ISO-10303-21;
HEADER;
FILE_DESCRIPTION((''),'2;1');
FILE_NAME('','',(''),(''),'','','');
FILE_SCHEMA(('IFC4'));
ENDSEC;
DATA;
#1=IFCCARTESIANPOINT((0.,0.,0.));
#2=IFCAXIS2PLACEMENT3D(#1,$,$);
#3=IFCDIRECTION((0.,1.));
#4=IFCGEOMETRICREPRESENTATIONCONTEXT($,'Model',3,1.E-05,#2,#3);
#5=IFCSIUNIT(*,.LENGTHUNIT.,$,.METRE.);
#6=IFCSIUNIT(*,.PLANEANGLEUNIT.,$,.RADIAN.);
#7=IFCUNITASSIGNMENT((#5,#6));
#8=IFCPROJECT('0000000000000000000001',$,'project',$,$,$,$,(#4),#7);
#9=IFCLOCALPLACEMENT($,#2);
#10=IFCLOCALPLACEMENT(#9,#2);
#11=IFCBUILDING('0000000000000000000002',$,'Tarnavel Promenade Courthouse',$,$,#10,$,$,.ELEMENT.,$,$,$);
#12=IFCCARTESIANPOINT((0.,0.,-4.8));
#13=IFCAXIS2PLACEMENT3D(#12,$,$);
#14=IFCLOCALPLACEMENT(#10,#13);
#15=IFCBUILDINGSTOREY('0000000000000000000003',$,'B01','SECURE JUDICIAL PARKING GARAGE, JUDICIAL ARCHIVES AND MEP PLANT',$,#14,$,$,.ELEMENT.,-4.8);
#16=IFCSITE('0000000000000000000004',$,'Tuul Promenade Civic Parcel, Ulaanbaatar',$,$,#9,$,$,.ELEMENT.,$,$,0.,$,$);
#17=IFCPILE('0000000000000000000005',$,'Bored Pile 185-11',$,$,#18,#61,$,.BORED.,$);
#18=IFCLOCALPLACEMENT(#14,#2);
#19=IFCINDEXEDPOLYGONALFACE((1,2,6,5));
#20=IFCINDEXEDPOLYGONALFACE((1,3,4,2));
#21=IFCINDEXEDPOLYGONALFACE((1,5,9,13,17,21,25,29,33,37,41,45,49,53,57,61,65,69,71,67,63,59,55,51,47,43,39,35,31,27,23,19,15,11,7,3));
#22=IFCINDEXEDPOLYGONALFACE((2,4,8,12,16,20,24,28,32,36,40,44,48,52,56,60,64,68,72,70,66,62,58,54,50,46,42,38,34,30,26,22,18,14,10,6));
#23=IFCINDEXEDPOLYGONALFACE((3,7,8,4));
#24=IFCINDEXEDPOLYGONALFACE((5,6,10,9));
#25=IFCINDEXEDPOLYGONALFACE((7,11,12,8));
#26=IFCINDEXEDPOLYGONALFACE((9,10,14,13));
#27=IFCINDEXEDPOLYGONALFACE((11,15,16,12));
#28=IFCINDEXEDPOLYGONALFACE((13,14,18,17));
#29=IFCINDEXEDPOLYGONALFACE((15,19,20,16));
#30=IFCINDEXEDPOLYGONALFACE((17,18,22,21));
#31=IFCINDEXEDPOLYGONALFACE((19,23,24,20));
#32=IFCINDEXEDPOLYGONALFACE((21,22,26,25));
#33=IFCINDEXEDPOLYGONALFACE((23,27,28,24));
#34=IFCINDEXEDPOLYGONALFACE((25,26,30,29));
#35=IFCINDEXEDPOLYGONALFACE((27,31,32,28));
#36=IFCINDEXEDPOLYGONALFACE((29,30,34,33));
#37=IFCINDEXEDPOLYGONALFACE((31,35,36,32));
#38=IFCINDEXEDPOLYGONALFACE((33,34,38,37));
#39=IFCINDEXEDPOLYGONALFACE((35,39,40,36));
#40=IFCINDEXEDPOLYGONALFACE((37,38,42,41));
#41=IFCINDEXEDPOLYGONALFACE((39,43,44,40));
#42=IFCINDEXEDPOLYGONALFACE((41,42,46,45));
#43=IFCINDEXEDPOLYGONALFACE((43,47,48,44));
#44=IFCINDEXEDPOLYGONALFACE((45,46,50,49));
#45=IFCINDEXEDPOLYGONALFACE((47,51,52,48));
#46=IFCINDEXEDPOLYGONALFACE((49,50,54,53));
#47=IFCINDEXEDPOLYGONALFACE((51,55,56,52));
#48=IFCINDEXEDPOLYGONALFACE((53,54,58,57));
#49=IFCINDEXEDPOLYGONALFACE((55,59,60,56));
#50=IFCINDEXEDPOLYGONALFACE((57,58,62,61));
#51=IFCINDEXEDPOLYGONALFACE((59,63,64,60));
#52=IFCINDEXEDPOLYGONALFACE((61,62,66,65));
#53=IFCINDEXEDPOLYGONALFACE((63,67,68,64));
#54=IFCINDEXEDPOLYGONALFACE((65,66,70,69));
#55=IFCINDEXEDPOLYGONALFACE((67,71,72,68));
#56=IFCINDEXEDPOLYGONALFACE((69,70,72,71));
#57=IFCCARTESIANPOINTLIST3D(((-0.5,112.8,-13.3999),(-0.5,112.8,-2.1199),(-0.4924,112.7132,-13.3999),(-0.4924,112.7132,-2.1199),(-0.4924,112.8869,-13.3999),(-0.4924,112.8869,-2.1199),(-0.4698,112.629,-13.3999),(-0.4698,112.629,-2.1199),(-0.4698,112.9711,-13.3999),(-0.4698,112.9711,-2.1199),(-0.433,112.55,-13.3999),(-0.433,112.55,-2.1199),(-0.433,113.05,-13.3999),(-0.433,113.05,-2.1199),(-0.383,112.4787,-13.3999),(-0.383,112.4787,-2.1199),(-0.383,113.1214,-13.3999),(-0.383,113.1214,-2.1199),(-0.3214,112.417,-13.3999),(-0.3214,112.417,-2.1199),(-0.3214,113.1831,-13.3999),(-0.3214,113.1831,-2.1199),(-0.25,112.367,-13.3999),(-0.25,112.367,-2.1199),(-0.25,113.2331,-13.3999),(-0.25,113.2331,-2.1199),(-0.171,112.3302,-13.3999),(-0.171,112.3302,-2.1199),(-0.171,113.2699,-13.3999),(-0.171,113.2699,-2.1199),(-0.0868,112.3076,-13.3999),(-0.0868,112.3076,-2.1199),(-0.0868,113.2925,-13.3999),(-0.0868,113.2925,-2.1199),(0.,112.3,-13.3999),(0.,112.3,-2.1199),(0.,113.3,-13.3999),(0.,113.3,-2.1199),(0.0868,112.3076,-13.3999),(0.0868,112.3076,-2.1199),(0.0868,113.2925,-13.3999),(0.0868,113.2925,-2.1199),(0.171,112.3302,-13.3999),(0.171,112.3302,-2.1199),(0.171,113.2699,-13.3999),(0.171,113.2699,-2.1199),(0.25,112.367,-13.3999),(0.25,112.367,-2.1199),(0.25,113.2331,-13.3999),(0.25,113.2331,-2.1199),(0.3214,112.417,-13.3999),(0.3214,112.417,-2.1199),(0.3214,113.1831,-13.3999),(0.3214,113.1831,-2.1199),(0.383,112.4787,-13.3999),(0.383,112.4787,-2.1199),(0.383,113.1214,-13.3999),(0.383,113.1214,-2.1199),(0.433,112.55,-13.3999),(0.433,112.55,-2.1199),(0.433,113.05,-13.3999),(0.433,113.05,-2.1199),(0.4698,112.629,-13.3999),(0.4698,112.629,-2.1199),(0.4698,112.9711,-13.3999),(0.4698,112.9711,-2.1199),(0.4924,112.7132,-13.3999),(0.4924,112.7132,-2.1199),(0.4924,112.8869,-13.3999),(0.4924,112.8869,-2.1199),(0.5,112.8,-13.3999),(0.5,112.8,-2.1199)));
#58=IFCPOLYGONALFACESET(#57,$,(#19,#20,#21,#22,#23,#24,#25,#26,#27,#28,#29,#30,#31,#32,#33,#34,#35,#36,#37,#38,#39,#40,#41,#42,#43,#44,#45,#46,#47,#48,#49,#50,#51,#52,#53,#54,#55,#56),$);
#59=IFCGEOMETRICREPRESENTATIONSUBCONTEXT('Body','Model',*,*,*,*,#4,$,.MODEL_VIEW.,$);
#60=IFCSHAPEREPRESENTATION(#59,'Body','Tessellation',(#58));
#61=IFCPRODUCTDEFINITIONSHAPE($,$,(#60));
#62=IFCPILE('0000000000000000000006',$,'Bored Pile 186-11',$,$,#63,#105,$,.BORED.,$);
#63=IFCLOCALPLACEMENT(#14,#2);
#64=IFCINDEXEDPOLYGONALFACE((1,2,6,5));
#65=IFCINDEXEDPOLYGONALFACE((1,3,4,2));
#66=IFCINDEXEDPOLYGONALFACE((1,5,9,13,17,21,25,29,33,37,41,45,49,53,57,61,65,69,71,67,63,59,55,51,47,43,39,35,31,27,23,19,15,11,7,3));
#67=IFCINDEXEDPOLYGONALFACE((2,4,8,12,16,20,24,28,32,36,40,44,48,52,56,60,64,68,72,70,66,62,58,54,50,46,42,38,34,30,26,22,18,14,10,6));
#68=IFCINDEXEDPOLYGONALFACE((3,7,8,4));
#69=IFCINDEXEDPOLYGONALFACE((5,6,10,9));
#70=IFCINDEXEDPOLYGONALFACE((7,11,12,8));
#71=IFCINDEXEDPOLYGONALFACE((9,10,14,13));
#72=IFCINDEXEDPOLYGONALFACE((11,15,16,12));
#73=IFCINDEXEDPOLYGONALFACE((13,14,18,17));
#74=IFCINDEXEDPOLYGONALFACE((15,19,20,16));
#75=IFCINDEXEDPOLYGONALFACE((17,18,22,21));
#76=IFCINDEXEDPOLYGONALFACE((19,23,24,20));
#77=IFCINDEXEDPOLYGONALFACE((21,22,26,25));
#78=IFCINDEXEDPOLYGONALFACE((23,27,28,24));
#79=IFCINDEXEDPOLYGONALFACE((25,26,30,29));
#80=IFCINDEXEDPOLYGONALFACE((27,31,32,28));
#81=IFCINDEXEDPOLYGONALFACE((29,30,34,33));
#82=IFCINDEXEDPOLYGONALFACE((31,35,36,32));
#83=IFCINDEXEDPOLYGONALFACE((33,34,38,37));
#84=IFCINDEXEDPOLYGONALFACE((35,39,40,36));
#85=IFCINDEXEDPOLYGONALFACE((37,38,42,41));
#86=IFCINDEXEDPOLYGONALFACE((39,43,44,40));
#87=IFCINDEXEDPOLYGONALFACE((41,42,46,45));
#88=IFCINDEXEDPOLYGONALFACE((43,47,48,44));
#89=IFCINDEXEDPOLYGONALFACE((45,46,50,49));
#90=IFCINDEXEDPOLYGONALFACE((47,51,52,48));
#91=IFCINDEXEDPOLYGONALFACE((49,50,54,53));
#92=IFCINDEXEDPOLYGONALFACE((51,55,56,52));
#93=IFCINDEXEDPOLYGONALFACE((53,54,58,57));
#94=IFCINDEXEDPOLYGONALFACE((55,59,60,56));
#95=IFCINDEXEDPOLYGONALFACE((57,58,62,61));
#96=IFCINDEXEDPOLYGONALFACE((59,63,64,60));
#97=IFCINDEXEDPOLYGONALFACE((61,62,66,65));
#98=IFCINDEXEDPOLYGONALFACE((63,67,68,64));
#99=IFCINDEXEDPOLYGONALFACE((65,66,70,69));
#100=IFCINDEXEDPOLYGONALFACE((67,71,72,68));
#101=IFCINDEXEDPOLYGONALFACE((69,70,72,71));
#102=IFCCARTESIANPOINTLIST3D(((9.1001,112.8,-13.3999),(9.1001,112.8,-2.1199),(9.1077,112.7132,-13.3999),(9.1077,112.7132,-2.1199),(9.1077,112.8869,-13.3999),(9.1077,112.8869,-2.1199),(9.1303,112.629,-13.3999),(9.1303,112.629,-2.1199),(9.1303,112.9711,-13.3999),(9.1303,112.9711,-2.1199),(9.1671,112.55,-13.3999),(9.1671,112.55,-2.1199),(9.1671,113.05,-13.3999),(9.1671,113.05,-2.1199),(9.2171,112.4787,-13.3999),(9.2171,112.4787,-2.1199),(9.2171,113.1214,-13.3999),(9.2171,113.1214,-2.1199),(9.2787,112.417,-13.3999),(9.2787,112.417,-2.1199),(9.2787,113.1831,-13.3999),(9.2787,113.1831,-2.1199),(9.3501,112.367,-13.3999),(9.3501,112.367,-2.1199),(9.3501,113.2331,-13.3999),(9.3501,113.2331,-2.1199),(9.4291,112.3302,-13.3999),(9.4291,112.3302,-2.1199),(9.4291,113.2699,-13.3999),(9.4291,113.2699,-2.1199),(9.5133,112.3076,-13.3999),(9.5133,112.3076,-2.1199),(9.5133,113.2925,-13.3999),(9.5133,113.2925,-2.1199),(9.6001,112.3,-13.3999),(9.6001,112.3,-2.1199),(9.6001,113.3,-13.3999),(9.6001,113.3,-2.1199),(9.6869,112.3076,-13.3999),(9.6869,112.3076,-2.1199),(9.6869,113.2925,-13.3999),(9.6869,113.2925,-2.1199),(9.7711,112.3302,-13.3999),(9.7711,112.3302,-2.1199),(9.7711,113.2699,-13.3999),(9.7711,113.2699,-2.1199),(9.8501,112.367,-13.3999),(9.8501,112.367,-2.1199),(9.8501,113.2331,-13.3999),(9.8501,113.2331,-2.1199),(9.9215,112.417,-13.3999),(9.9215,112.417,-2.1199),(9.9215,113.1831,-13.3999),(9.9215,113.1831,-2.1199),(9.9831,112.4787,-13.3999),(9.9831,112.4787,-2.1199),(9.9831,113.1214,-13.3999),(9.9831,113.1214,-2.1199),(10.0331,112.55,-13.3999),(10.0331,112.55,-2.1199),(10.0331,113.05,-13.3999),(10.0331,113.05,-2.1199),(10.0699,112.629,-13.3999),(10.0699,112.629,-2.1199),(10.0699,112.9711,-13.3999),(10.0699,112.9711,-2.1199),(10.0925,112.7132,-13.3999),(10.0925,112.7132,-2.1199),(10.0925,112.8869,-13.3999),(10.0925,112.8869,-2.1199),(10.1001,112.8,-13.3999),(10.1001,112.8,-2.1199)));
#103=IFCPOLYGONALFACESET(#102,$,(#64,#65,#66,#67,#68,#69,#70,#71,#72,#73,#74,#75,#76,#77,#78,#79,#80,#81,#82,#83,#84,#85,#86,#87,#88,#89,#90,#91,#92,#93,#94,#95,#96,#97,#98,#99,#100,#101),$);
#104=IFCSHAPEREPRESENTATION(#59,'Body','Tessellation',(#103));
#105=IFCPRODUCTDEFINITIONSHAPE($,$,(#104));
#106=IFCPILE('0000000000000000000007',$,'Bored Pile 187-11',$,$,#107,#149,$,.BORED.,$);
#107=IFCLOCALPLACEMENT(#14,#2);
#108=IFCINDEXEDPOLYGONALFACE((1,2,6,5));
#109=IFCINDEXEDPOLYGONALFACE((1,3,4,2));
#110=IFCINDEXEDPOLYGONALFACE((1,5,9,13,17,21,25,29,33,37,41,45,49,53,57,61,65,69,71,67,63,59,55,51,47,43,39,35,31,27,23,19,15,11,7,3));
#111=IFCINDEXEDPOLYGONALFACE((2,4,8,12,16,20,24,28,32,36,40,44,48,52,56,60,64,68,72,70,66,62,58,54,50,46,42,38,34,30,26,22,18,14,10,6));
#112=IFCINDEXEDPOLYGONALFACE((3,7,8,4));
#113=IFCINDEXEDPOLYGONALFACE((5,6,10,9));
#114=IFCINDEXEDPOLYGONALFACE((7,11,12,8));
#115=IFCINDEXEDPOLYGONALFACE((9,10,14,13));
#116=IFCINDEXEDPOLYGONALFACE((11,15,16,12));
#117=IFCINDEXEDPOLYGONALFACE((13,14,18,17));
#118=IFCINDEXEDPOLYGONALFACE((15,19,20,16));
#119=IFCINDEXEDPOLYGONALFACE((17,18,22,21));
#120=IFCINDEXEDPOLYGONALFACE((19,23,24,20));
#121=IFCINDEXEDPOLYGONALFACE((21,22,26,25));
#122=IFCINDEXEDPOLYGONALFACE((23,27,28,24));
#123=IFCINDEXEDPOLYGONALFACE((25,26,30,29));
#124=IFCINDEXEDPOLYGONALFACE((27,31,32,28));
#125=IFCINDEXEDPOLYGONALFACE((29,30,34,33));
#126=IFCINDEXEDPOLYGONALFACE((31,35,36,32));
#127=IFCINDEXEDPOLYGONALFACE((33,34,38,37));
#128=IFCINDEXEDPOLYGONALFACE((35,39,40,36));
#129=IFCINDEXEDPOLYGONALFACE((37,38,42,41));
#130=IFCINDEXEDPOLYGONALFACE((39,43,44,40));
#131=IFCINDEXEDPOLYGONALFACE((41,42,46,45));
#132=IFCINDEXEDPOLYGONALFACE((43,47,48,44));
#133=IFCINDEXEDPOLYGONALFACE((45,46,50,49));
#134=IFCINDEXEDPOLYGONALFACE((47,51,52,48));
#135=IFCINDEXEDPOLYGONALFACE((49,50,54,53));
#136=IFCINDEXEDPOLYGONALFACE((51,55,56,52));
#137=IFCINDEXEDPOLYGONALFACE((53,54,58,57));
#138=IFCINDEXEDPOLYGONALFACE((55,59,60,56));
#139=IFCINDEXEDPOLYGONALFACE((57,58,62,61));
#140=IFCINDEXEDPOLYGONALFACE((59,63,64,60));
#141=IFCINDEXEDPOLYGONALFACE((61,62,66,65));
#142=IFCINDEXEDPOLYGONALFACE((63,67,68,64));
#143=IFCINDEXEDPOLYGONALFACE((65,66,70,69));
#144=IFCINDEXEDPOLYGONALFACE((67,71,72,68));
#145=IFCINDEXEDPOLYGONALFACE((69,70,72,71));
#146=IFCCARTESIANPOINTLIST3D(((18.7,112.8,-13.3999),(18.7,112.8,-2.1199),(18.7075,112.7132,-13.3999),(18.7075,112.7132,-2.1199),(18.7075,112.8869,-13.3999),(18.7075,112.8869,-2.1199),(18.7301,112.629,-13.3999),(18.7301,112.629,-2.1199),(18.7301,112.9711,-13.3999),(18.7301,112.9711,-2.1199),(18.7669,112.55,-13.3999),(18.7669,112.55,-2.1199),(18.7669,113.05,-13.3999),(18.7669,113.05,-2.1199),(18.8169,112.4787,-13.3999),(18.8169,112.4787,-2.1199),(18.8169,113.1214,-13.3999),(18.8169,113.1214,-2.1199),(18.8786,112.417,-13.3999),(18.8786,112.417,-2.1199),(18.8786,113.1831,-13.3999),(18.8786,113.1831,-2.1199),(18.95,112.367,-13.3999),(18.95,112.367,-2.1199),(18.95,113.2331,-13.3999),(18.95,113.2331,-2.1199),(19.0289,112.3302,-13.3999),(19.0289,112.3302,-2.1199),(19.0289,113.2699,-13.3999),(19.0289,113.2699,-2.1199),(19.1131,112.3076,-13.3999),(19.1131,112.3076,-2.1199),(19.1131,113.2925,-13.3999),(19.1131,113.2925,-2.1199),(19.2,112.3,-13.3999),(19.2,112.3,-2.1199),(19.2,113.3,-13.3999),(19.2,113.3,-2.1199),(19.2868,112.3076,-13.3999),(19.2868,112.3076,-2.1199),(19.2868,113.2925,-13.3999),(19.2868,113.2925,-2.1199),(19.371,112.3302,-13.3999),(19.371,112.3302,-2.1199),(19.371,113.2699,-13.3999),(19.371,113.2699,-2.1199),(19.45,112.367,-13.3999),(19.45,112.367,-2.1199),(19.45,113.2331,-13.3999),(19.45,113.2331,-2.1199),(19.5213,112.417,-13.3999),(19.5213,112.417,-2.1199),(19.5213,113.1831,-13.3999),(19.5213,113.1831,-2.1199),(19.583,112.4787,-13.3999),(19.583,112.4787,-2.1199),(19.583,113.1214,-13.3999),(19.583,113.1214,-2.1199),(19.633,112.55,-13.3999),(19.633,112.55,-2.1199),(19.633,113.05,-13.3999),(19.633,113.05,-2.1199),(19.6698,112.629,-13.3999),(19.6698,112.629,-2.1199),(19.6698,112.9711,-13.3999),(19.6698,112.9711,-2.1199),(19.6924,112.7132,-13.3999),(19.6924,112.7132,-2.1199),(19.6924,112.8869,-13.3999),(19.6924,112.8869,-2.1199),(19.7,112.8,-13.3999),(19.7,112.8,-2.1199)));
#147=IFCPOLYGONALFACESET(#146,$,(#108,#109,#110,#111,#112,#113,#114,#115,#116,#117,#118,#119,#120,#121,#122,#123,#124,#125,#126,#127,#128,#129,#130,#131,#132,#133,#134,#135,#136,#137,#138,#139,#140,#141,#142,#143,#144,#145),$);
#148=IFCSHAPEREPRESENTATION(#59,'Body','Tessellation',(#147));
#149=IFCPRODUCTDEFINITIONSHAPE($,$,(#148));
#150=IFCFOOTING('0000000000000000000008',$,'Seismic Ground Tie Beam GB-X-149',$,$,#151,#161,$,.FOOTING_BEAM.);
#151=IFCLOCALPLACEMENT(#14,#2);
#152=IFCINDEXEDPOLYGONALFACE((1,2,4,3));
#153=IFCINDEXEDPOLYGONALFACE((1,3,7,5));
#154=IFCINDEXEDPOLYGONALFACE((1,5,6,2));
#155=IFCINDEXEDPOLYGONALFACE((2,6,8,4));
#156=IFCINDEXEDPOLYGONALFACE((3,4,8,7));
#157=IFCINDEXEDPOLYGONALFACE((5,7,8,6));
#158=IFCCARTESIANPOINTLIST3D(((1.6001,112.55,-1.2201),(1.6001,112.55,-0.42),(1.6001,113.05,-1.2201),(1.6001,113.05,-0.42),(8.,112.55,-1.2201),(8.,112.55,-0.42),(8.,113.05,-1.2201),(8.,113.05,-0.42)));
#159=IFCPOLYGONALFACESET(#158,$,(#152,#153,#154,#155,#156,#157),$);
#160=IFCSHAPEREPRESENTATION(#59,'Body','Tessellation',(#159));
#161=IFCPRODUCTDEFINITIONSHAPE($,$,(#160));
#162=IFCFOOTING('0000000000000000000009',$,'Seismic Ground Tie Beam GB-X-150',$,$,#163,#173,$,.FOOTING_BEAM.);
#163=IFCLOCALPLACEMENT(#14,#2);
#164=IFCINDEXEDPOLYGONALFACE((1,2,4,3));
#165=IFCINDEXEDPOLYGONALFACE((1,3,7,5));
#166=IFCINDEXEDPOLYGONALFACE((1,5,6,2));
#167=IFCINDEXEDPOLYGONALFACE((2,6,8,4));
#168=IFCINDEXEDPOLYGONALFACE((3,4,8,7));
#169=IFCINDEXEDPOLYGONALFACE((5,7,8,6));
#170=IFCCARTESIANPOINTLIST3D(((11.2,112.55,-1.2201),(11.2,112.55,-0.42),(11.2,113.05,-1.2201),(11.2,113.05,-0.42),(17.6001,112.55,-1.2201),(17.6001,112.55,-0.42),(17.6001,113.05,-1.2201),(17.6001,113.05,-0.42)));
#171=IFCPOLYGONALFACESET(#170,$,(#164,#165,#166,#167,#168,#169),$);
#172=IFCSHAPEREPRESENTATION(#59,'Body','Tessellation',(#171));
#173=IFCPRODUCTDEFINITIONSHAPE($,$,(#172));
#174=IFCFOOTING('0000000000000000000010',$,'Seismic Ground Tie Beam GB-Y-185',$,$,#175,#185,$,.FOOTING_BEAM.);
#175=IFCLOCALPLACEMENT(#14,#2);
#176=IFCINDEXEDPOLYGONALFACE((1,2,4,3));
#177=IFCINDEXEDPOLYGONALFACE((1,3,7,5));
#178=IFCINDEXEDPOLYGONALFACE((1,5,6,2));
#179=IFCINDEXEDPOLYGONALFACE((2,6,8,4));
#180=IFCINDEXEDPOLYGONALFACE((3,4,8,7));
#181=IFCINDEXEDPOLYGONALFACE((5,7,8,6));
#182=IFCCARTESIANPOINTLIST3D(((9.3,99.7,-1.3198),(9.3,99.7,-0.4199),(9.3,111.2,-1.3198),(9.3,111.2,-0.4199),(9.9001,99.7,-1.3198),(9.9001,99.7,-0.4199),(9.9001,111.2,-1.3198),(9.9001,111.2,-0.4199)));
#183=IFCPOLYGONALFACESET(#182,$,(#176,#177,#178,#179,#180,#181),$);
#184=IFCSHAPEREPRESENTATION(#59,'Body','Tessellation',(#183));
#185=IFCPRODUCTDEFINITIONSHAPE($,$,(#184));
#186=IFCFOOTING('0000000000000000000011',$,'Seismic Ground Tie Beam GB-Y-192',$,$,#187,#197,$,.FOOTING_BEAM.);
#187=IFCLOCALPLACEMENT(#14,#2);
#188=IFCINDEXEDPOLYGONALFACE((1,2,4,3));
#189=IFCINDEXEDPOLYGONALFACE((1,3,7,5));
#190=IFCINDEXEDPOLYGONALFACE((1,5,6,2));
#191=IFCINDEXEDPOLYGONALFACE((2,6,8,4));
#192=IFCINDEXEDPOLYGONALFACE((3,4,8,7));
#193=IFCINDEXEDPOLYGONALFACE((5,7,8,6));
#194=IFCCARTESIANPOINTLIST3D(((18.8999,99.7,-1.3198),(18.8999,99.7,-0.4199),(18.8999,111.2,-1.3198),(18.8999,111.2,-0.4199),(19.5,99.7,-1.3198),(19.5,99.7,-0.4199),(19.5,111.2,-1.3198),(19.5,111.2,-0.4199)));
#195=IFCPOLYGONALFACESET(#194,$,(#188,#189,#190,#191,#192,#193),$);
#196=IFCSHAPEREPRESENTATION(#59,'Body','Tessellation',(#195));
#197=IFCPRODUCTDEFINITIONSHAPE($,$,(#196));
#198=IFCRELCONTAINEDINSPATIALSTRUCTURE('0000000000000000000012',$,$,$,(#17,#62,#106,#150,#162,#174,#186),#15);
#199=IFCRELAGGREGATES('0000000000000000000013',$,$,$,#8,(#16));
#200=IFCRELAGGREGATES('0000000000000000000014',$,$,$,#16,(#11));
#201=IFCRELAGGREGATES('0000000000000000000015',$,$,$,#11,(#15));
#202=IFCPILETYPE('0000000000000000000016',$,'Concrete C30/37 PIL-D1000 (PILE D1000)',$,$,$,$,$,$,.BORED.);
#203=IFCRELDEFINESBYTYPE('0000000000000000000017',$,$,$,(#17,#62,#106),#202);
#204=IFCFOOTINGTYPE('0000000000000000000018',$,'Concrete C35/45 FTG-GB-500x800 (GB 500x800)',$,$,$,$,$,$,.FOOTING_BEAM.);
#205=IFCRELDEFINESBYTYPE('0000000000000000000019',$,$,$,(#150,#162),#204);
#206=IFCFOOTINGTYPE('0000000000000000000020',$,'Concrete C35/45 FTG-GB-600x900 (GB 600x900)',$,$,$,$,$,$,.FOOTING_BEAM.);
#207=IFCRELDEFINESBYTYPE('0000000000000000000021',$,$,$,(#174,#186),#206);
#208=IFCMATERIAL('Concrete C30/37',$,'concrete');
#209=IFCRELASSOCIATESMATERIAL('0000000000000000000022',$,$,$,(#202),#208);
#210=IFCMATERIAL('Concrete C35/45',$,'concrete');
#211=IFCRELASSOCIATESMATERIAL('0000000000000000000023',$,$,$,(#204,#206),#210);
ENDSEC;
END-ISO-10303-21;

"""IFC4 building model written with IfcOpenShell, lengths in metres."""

from ifc_helpers import new_model, si_unit, direction, frame, origin, origin_2d, place, context, subcontext, project, spatial, rectangle, circle, extrude, material, material_profile, profile_set, type_object, element, save


model = new_model("IFC4")

# Units and contexts
model_context = context("Model", 3, precision=1e-05, world=origin(), true_north=direction((0.0, 1.0)))
body_context = subcontext(model_context, "Body", "Model", "MODEL_VIEW")
ifc_project = project(units=[si_unit("LENGTHUNIT", "METRE"), si_unit("PLANEANGLEUNIT", "RADIAN")], contexts=[model_context])

# Site, building, storey
site_placement = place(None, origin())
site = spatial("IfcSite", under=ifc_project, at=site_placement, Name="Tuul Promenade Civic Parcel, Ulaanbaatar", CompositionType="ELEMENT", RefElevation=0.0)
building_placement = place(site_placement, origin())
building = spatial("IfcBuilding", under=site, at=building_placement, Name="Tarnavel Promenade Courthouse", CompositionType="ELEMENT")
storey_placement = place(building_placement, frame((0.0, 0.0, -4.8)))
storey = spatial("IfcBuildingStorey", under=building, at=storey_placement, Name="B01", Description="SECURE JUDICIAL PARKING GARAGE, JUDICIAL ARCHIVES AND MEP PLANT", CompositionType="ELEMENT", Elevation=-4.8)

# Piles
ifc_material_1 = material(Name="Concrete C30/37", Category="concrete")
ifc_material_profile_1 = material_profile(ifc_material_1, circle(Radius=0.5, at=origin_2d()), Name="PILE D1000")
ifc_profile_set_1 = profile_set([ifc_material_profile_1], Name="Concrete C30/37")
pile_type = type_object("IfcPileType", Name="Concrete C30/37 PIL-D1000 (PILE D1000)", PredefinedType="BORED", material=ifc_profile_set_1)
for number, where, z_axis, x_axis, name in (
    (1, (0.0, 112.8, -2.1199), (0.0, 0.0, -1.0), (1.0, 0.0, 0.0), "Bored Pile 185-11"),
    (2, (9.6001, 112.8, -2.1199), (0.0, 0.0, -1.0), (1.0, 0.0, 0.0), "Bored Pile 186-11"),
    (3, (19.2, 112.8, -2.1199), (0.0, 0.0, -1.0), (1.0, 0.0, 0.0), "Bored Pile 187-11"),
):
    element("IfcPile", number, at=place(storey_placement, frame(where, z_axis=z_axis, x_axis=x_axis)), inside=storey, type_object=pile_type, Name=name, PredefinedType="BORED", context=body_context, shape_type="SweptSolid", body=[
        extrude(circle(Radius=0.5, at=origin_2d()), origin(), (0.0, 0.0, 1.0), 11.28),
    ])

# Footings
ifc_material_2 = material(Name="Concrete C35/45", Category="concrete")
ifc_material_profile_2 = material_profile(ifc_material_2, rectangle(XDim=0.5, YDim=0.8, at=origin_2d()), Name="GB 500x800")
ifc_profile_set_2 = profile_set([ifc_material_profile_2], Name="Concrete C35/45")
footing_type_1 = type_object("IfcFootingType", Name="Concrete C35/45 FTG-GB-500x800 (GB 500x800)", PredefinedType="FOOTING_BEAM", material=ifc_profile_set_2)
footing_1_placement = place(storey_placement, frame((1.6001, 112.8, -0.8201), z_axis=(1.0, 0.0, 0.0), x_axis=(0.0, 1.0, 0.0)))
element("IfcFooting", 4, at=footing_1_placement, inside=storey, type_object=footing_type_1, Name="Seismic Ground Tie Beam GB-X-149", PredefinedType="FOOTING_BEAM", context=body_context, shape_type="SweptSolid", body=[
    extrude(rectangle(XDim=0.5, YDim=0.8, at=origin_2d()), origin(), (0.0, 0.0, 1.0), 6.3999),
])
footing_2_placement = place(storey_placement, frame((11.2, 112.8, -0.8201), z_axis=(1.0, 0.0, 0.0), x_axis=(0.0, 1.0, 0.0)))
element("IfcFooting", 5, at=footing_2_placement, inside=storey, type_object=footing_type_1, Name="Seismic Ground Tie Beam GB-X-150", PredefinedType="FOOTING_BEAM", context=body_context, shape_type="SweptSolid", body=[
    extrude(rectangle(XDim=0.5, YDim=0.8, at=origin_2d()), origin(), (0.0, 0.0, 1.0), 6.4001),
])
ifc_material_profile_3 = material_profile(ifc_material_2, rectangle(XDim=0.6001, YDim=0.8999, at=origin_2d()), Name="GB 600x900")
ifc_profile_set_3 = profile_set([ifc_material_profile_3], Name="Concrete C35/45")
footing_type_2 = type_object("IfcFootingType", Name="Concrete C35/45 FTG-GB-600x900 (GB 600x900)", PredefinedType="FOOTING_BEAM", material=ifc_profile_set_3)
for number, where, z_axis, x_axis, name in (
    (6, (9.6001, 99.7, -0.8699), (0.0, 1.0, 0.0), (-1.0, 0.0, 0.0), "Seismic Ground Tie Beam GB-Y-185"),
    (7, (19.2, 99.7, -0.8699), (0.0, 1.0, 0.0), (-1.0, 0.0, 0.0), "Seismic Ground Tie Beam GB-Y-192"),
):
    element("IfcFooting", number, at=place(storey_placement, frame(where, z_axis=z_axis, x_axis=x_axis)), inside=storey, type_object=footing_type_2, Name=name, PredefinedType="FOOTING_BEAM", context=body_context, shape_type="SweptSolid", body=[
        extrude(rectangle(XDim=0.6001, YDim=0.8999, at=origin_2d()), origin(), (0.0, 0.0, 1.0), 11.5),
    ])

save(model, "model.ifc")
